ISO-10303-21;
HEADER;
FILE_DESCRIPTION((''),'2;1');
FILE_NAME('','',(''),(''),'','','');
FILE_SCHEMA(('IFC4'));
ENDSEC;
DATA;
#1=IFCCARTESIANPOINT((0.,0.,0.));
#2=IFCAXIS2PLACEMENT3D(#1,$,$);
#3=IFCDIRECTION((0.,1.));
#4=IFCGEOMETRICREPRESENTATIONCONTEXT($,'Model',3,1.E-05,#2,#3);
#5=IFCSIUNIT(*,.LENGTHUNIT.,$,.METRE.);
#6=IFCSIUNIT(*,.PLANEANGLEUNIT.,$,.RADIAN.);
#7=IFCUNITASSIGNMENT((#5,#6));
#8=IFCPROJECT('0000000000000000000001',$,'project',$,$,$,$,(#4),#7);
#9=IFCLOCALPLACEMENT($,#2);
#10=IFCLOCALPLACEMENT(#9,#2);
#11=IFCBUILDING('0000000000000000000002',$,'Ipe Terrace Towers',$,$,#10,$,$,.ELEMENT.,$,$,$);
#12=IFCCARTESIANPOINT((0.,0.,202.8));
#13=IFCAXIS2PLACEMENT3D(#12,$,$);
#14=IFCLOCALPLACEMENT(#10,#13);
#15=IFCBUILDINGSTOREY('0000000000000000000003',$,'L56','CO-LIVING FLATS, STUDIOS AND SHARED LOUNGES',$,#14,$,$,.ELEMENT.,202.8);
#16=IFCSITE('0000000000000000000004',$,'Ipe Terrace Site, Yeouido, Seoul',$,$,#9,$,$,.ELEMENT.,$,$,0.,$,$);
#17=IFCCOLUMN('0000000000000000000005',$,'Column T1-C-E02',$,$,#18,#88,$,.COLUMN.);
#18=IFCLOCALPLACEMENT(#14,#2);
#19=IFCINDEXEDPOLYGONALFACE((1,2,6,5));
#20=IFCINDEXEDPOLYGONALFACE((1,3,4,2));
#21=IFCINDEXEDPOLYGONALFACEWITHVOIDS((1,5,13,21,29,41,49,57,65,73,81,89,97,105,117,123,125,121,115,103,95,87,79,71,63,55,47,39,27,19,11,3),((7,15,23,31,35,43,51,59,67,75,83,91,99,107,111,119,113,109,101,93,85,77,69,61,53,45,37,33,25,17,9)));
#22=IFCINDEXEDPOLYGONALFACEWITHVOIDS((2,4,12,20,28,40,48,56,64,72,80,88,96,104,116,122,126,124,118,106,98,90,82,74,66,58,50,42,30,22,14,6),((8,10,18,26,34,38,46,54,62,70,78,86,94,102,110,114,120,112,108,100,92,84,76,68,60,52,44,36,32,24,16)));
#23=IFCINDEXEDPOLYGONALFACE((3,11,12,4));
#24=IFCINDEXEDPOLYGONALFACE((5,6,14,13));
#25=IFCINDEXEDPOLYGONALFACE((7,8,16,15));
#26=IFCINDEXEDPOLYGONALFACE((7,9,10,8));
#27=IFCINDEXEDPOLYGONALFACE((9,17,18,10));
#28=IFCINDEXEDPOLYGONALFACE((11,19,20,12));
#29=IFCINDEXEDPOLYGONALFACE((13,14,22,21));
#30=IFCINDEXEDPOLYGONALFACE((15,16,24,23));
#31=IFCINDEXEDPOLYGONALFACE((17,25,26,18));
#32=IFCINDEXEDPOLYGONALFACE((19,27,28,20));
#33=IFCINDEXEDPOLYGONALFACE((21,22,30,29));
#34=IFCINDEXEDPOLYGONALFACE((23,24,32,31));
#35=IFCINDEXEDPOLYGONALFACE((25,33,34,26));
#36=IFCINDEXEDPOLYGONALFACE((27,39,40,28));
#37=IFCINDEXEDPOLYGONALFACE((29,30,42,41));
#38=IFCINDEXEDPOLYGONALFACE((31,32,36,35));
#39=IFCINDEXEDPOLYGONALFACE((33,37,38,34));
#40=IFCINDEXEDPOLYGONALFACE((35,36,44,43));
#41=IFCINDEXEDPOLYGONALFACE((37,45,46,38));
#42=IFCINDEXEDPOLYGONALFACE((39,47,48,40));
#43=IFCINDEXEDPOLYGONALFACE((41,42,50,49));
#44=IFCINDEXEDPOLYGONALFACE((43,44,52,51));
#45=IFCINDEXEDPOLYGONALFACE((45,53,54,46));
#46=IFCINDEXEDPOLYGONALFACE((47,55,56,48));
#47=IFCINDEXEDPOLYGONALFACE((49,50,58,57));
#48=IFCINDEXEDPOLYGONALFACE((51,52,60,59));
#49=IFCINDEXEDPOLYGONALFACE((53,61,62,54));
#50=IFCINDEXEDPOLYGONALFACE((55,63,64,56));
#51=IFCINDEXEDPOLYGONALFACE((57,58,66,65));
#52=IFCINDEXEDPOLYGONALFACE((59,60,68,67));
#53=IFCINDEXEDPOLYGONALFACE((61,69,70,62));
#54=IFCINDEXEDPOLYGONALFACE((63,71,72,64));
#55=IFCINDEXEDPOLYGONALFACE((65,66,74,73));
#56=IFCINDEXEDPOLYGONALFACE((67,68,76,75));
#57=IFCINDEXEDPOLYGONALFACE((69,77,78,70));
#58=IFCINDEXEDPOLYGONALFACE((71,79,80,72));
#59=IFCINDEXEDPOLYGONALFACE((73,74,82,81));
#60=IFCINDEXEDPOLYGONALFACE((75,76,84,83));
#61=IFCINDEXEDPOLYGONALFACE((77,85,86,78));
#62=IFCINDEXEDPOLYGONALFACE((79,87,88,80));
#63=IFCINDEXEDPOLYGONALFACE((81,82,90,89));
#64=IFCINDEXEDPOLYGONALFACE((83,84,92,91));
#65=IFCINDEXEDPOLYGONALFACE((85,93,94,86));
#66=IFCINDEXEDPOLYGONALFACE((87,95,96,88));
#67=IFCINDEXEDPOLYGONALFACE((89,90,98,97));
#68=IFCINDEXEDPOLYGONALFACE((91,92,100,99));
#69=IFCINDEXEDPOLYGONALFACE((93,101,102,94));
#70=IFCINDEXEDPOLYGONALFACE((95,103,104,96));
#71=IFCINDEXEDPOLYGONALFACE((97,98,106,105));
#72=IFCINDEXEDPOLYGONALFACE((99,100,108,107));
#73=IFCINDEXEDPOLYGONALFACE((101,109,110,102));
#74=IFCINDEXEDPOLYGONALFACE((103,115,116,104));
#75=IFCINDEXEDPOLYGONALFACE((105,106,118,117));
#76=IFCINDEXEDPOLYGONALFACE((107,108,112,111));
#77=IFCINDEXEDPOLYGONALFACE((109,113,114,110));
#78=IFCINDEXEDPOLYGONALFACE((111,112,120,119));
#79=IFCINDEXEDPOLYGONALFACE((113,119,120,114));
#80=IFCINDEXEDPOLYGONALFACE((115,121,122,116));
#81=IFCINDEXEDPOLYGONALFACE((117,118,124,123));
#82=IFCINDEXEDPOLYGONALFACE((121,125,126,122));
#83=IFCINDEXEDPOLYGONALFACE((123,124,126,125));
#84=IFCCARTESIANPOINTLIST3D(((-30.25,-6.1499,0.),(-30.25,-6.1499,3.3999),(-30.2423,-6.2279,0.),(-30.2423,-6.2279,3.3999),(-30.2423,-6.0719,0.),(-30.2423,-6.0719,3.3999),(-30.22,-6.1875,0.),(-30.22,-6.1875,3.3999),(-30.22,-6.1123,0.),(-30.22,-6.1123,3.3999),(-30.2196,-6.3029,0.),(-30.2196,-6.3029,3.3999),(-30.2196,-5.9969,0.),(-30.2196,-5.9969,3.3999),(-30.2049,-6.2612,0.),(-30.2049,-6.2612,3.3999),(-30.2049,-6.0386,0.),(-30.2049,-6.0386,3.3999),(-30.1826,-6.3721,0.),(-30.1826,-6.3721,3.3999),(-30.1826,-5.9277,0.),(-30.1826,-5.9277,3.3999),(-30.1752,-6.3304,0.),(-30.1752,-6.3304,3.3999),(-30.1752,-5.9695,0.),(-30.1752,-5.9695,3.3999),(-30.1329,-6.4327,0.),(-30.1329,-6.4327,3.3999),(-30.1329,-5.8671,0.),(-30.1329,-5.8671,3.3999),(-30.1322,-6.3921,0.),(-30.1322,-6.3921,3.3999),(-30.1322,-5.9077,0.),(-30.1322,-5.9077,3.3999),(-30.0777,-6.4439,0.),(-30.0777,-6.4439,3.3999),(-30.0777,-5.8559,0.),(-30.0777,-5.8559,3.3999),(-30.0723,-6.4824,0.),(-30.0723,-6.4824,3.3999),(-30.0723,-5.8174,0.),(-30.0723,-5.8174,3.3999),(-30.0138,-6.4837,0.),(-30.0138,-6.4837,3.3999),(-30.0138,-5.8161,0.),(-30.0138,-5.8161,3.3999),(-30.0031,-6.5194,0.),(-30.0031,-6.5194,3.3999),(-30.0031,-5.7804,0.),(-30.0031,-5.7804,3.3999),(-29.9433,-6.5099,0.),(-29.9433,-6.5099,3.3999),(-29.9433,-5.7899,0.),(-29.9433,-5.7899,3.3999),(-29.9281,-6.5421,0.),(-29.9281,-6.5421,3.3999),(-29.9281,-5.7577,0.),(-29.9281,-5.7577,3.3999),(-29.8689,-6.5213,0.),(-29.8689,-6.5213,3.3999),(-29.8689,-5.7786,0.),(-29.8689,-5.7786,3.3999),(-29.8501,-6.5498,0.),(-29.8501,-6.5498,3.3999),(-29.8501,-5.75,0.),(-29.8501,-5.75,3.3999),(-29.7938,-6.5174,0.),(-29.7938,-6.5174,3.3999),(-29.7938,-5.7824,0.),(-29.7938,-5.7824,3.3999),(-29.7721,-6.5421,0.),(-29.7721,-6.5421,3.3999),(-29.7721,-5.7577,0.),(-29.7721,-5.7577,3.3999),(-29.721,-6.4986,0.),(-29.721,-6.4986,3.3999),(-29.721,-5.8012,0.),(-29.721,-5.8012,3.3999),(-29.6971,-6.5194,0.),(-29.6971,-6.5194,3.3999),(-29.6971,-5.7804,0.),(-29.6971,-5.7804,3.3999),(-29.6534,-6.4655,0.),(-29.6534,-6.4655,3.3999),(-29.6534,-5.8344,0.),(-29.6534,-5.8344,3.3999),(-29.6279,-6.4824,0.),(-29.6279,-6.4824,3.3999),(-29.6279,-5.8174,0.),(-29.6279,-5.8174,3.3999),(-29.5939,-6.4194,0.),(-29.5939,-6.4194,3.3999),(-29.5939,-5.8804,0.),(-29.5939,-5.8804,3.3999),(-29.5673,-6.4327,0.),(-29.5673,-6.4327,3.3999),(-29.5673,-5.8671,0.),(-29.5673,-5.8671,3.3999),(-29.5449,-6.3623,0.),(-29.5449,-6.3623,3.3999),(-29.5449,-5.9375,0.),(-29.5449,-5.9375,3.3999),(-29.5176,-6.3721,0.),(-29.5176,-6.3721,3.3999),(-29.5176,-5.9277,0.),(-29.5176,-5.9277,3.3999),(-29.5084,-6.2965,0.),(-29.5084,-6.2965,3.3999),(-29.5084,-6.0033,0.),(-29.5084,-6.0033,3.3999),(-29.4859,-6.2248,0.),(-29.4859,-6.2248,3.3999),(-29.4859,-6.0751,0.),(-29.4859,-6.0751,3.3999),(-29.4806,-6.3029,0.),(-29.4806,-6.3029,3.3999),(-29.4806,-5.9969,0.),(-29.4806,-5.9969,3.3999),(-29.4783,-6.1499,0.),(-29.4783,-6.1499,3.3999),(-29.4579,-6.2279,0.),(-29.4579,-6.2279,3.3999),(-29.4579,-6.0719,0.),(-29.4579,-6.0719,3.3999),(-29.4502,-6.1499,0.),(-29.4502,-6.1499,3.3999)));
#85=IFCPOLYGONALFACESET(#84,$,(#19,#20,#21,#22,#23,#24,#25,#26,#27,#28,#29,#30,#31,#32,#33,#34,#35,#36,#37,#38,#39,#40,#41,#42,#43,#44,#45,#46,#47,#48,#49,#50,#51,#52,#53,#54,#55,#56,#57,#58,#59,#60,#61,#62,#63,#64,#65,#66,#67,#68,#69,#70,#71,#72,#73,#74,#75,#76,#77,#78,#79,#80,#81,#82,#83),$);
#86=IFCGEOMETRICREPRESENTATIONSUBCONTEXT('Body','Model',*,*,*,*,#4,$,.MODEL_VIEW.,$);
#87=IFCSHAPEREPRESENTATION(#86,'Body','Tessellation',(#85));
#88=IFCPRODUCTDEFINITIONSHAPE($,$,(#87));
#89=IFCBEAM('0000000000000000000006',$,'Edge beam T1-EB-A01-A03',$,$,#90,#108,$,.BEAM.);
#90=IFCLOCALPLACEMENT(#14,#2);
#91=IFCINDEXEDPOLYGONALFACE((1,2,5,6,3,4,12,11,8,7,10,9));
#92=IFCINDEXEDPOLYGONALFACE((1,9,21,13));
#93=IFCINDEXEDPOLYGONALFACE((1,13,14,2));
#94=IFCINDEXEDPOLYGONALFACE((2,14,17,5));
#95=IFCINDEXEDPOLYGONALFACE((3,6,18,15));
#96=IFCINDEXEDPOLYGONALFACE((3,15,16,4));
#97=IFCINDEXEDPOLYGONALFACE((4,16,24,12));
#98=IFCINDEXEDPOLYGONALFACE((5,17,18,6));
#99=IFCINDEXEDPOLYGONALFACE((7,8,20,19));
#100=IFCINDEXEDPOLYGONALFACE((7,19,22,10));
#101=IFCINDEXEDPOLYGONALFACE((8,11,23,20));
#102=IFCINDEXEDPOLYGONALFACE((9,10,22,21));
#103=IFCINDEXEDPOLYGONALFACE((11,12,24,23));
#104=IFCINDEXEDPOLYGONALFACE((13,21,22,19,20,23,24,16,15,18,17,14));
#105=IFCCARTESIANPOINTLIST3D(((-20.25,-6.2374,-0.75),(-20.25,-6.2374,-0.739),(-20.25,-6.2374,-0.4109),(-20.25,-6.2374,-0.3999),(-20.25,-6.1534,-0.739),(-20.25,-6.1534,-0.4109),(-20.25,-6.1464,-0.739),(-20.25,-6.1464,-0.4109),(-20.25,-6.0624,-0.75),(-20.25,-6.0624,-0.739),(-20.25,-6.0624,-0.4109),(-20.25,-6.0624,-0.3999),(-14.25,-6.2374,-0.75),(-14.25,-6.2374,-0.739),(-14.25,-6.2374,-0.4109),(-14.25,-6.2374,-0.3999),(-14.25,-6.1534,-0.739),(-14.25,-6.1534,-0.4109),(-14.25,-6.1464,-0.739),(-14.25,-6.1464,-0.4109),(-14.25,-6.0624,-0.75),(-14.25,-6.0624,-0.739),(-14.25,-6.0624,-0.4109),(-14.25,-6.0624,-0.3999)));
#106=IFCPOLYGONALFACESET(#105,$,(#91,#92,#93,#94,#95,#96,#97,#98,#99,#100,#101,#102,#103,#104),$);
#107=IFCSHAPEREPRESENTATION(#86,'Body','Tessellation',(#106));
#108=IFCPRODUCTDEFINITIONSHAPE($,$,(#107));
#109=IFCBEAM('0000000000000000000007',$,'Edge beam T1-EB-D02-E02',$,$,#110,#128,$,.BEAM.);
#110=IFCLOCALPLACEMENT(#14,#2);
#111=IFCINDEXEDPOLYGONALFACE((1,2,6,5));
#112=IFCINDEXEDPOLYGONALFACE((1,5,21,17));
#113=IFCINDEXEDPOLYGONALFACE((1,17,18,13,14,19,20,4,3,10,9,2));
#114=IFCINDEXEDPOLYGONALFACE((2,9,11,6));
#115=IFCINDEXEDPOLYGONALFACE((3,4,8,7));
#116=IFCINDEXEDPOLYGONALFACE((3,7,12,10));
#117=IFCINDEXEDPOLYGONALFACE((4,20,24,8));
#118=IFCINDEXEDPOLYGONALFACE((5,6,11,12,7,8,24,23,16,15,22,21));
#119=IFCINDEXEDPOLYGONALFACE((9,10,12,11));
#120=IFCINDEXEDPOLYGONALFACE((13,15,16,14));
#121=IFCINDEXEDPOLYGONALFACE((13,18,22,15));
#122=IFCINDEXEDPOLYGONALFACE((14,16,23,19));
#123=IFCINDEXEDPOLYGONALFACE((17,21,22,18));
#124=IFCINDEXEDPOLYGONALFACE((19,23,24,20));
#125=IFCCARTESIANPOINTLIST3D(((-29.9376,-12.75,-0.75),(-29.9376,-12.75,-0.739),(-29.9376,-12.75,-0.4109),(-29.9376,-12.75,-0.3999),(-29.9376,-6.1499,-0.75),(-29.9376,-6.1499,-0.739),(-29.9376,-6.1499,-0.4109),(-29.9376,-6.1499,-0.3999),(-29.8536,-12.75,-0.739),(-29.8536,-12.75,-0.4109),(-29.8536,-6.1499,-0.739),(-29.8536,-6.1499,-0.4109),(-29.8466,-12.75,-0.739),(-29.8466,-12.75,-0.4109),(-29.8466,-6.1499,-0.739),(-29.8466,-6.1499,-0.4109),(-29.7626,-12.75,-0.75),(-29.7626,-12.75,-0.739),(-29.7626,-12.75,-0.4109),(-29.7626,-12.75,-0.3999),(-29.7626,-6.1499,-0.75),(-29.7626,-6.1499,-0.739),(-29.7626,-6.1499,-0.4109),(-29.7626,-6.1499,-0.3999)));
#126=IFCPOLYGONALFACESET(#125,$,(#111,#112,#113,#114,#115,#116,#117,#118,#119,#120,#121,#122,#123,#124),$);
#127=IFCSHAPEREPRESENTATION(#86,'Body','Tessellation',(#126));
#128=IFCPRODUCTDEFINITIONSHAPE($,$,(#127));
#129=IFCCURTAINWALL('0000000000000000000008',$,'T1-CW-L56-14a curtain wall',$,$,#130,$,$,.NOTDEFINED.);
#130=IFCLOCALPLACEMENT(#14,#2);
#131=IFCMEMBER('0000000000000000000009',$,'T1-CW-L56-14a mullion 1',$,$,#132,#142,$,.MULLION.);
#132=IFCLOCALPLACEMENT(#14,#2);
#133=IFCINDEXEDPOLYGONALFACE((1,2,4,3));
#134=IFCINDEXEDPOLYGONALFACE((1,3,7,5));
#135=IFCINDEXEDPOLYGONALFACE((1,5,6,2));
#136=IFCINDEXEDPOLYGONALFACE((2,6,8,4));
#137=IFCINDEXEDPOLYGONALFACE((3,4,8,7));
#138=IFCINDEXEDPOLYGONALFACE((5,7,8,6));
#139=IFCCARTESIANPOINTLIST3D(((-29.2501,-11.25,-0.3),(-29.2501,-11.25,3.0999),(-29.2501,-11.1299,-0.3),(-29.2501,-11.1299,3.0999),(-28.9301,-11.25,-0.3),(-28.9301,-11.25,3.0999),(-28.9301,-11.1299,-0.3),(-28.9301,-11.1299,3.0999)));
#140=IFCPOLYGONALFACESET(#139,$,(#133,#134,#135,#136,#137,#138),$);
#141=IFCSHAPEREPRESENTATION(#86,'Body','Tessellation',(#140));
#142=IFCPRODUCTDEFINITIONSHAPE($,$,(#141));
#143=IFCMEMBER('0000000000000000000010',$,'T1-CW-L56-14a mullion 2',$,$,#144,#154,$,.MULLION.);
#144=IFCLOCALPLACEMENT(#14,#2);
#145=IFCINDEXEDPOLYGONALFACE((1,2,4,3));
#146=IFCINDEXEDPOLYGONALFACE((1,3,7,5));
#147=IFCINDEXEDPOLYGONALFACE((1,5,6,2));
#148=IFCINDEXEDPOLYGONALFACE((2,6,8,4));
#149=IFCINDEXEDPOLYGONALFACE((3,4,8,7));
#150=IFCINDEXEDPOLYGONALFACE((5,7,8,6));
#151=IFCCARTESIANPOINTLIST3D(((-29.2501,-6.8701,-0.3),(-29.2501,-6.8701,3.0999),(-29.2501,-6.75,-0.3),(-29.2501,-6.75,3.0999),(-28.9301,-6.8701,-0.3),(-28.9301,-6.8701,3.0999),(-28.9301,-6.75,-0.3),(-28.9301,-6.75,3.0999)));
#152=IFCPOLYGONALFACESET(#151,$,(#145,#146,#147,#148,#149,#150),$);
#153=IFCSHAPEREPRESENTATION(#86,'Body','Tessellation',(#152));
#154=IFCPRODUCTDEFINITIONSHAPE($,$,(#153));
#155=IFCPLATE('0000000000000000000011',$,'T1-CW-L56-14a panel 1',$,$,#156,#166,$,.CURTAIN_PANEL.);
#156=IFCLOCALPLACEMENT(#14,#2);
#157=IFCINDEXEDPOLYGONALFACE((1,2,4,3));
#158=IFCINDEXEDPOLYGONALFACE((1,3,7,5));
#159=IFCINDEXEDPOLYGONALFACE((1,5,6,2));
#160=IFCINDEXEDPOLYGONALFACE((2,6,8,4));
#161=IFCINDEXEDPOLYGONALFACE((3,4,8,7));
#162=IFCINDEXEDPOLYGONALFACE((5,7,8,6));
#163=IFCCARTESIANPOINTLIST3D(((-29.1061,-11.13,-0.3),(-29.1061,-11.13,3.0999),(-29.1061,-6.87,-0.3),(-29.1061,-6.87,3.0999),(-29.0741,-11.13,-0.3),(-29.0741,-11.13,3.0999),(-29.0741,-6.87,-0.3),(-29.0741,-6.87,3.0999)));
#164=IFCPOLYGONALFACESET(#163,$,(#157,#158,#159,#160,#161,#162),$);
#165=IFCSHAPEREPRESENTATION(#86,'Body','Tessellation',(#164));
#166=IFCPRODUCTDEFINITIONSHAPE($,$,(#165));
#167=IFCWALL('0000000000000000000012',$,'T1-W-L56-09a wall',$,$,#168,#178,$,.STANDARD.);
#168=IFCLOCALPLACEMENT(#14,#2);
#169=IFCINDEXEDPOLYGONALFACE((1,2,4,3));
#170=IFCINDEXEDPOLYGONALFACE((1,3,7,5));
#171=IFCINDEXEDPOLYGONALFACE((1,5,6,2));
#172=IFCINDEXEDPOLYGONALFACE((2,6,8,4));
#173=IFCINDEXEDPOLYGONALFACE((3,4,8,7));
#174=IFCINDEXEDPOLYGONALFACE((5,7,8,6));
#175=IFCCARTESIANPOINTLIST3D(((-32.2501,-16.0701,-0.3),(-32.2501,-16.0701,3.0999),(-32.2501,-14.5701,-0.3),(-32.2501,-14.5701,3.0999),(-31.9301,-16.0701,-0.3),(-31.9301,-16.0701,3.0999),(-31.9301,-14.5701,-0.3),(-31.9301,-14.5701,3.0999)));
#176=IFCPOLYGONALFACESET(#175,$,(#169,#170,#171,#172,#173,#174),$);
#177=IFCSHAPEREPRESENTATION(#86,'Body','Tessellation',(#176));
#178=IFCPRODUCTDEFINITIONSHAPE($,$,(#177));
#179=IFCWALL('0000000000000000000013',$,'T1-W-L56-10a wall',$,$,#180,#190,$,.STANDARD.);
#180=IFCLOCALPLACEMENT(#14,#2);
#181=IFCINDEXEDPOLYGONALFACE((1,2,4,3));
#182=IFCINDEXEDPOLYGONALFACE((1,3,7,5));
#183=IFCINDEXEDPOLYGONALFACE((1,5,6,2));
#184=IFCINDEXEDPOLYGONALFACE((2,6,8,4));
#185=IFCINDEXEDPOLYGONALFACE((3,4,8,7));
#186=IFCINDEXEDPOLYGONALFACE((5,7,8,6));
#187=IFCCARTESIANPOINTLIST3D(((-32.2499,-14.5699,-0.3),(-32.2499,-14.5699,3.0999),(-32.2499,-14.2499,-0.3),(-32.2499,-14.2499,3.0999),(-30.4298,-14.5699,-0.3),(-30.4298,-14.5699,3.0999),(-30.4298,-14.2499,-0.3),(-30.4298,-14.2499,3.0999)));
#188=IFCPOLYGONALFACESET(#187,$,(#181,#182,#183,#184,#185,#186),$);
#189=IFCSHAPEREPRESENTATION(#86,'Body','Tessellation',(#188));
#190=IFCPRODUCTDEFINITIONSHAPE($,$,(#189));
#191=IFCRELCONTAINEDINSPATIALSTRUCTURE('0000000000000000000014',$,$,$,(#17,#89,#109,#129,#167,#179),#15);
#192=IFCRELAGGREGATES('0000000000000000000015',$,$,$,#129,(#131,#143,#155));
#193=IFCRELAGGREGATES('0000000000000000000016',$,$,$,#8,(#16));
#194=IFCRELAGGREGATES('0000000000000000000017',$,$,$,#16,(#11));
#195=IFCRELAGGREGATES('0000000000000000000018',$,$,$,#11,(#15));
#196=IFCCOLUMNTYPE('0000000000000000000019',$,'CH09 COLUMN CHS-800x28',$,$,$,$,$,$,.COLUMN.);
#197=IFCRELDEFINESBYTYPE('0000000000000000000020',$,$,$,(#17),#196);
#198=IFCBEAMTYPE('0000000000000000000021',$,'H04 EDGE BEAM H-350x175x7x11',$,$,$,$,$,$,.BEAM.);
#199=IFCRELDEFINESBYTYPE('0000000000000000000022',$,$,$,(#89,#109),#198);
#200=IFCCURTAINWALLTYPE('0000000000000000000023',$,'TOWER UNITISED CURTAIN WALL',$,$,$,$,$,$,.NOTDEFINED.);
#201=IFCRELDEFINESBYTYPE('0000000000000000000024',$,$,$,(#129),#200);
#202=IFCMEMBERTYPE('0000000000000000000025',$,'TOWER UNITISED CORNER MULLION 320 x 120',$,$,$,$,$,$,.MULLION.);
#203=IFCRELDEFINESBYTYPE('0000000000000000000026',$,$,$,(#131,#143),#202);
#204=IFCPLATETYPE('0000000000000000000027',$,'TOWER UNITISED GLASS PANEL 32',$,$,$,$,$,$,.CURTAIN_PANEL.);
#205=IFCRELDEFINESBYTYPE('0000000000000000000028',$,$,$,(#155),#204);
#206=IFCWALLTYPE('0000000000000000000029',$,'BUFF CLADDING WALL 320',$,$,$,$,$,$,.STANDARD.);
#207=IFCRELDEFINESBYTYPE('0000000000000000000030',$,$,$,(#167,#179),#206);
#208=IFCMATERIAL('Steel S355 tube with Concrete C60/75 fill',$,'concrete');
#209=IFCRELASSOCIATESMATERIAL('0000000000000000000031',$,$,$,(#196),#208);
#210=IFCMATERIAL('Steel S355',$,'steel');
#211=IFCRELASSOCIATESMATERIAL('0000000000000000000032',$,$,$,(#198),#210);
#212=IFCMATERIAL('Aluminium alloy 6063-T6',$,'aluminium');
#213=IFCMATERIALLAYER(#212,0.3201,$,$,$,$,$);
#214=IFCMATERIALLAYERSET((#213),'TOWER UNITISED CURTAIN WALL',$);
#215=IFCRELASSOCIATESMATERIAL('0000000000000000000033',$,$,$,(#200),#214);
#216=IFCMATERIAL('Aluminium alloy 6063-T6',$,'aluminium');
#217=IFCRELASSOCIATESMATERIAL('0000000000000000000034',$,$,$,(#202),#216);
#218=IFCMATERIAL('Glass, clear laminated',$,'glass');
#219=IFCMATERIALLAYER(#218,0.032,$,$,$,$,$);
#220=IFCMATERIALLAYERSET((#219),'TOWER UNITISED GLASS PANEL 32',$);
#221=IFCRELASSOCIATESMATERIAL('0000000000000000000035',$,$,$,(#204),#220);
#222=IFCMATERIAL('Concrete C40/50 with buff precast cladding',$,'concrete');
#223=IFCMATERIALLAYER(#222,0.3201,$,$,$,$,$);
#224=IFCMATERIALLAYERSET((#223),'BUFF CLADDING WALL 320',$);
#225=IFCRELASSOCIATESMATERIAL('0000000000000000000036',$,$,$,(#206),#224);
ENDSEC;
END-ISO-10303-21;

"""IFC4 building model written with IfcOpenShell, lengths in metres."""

from ifc_helpers import new_model, si_unit, direction, frame, frame_2d, origin, origin_2d, place, context, subcontext, project, spatial, rectangle, hollow_circle, i_section, extrude, material, layer, layer_set, material_profile, profile_set, type_object, element, aggregate, save


model = new_model("IFC4")

# Units and contexts
model_context = context("Model", 3, precision=1e-05, world=origin(), true_north=direction((0.0, 1.0)))
body_context = subcontext(model_context, "Body", "Model", "MODEL_VIEW")
ifc_project = project(units=[si_unit("LENGTHUNIT", "METRE"), si_unit("PLANEANGLEUNIT", "RADIAN")], contexts=[model_context])

# Site, building, storey
site_placement = place(None, origin())
site = spatial("IfcSite", under=ifc_project, at=site_placement, Name="Ipe Terrace Site, Yeouido, Seoul", CompositionType="ELEMENT", RefElevation=0.0)
building_placement = place(site_placement, origin())
building = spatial("IfcBuilding", under=site, at=building_placement, Name="Ipe Terrace Towers", CompositionType="ELEMENT")
storey_placement = place(building_placement, frame((0.0, 0.0, 202.8)))
storey = spatial("IfcBuildingStorey", under=building, at=storey_placement, Name="L56", Description="CO-LIVING FLATS, STUDIOS AND SHARED LOUNGES", CompositionType="ELEMENT", Elevation=202.8)

# Column
ifc_material_1 = material(Name="Steel S355 tube with Concrete C60/75 fill", Category="concrete")
ifc_material_profile_1 = material_profile(ifc_material_1, hollow_circle(Radius=0.3999, WallThickness=0.0281, at=origin_2d()), Name="CHS-800x28")
ifc_profile_set_1 = profile_set([ifc_material_profile_1], Name="Steel S355 tube with Concrete C60/75 fill")
column_type_1 = type_object("IfcColumnType", Name="CH09 COLUMN CHS-800x28", PredefinedType="COLUMN", material=ifc_profile_set_1)
column_placement = place(storey_placement, frame((-29.8501, -6.1499, 0.0), z_axis=(0.0, 0.0, 1.0), x_axis=(1.0, 0.0, 0.0)))
element("IfcColumn", 1, at=column_placement, inside=storey, type_object=column_type_1, Name="Column T1-C-E02", PredefinedType="COLUMN", context=body_context, shape_type="SweptSolid", body=[
    extrude(hollow_circle(Radius=0.3999, WallThickness=0.0281, at=origin_2d()), origin(), (0.0, 0.0, 1.0), 3.3999),
])

# Beams
ifc_material_2 = material(Name="Steel S355", Category="steel")
ifc_material_profile_2 = material_profile(ifc_material_2, i_section(OverallWidth=0.175, OverallDepth=0.3501, WebThickness=0.0071, FlangeThickness=0.011, at=origin_2d()), Name="H-350x175x7x11")
ifc_profile_set_2 = profile_set([ifc_material_profile_2], Name="Steel S355")
beam_type = type_object("IfcBeamType", Name="H04 EDGE BEAM H-350x175x7x11", PredefinedType="BEAM", material=ifc_profile_set_2)
beam_1_placement = place(storey_placement, frame((-20.25, -6.1499, -0.575), z_axis=(1.0, 0.0, 0.0), x_axis=(0.0, 1.0, 0.0)))
element("IfcBeam", 2, at=beam_1_placement, inside=storey, type_object=beam_type, Name="Edge beam T1-EB-A01-A03", PredefinedType="BEAM", context=body_context, shape_type="SweptSolid", body=[
    extrude(i_section(OverallWidth=0.175, OverallDepth=0.3501, WebThickness=0.0071, FlangeThickness=0.011, at=origin_2d()), origin(), (0.0, 0.0, 1.0), 6.0),
])
beam_2_placement = place(storey_placement, frame((-29.8501, -12.75, -0.575), z_axis=(0.0, 1.0, 0.0), x_axis=(-1.0, 0.0, 0.0)))
element("IfcBeam", 3, at=beam_2_placement, inside=storey, type_object=beam_type, Name="Edge beam T1-EB-D02-E02", PredefinedType="BEAM", context=body_context, shape_type="SweptSolid", body=[
    extrude(i_section(OverallWidth=0.175, OverallDepth=0.3501, WebThickness=0.0071, FlangeThickness=0.011, at=origin_2d()), origin(), (0.0, 0.0, 1.0), 6.6001),
])

# Curtain wall, members, plate
ifc_material_3 = material(Name="Aluminium alloy 6063-T6", Category="aluminium")
ifc_layer_1 = layer(ifc_material_3, 0.3201)
ifc_layer_set_1 = layer_set([ifc_layer_1], Name="TOWER UNITISED CURTAIN WALL")
curtain_wall_type = type_object("IfcCurtainWallType", Name="TOWER UNITISED CURTAIN WALL", PredefinedType="NOTDEFINED", material=ifc_layer_set_1)
curtain_wall_placement = place(storey_placement, origin())
curtain_wall = element("IfcCurtainWall", 4, at=curtain_wall_placement, inside=storey, type_object=curtain_wall_type, Name="T1-CW-L56-14a curtain wall", PredefinedType="NOTDEFINED")
ifc_material_4 = material(Name="Aluminium alloy 6063-T6", Category="aluminium")
ifc_material_profile_3 = material_profile(ifc_material_4, rectangle(XDim=0.3201, YDim=0.1201, at=origin_2d()), Name="TOWER UNITISED CORNER MULLION 320 x 120")
ifc_profile_set_3 = profile_set([ifc_material_profile_3], Name="Aluminium alloy 6063-T6")
member_type = type_object("IfcMemberType", Name="TOWER UNITISED CORNER MULLION 320 x 120", PredefinedType="MULLION", material=ifc_profile_set_3)
member_1_placement = place(storey_placement, frame((-29.0901, -11.1899, -0.3), z_axis=(0.0, 0.0, 1.0), x_axis=(1.0, 0.0, 0.0)))
member_1 = element("IfcMember", 5, at=member_1_placement, type_object=member_type, Name="T1-CW-L56-14a mullion 1", PredefinedType="MULLION", context=body_context, shape_type="SweptSolid", body=[
    extrude(rectangle(XDim=0.3201, YDim=0.1201, at=origin_2d()), origin(), (0.0, 0.0, 1.0), 3.3999),
])
member_2_placement = place(storey_placement, frame((-29.0901, -6.8101, -0.3), z_axis=(0.0, 0.0, 1.0), x_axis=(1.0, 0.0, 0.0)))
member_2 = element("IfcMember", 6, at=member_2_placement, type_object=member_type, Name="T1-CW-L56-14a mullion 2", PredefinedType="MULLION", context=body_context, shape_type="SweptSolid", body=[
    extrude(rectangle(XDim=0.3201, YDim=0.1201, at=origin_2d()), origin(), (0.0, 0.0, 1.0), 3.3999),
])
ifc_material_5 = material(Name="Glass, clear laminated", Category="glass")
ifc_layer_2 = layer(ifc_material_5, 0.032)
ifc_layer_set_2 = layer_set([ifc_layer_2], Name="TOWER UNITISED GLASS PANEL 32")
plate_type = type_object("IfcPlateType", Name="TOWER UNITISED GLASS PANEL 32", PredefinedType="CURTAIN_PANEL", material=ifc_layer_set_2)
plate_placement = place(storey_placement, frame((-29.0901, -9.0, -0.3), z_axis=(0.0, 0.0, 1.0), x_axis=(0.0, 1.0, 0.0)))
plate = element("IfcPlate", 7, at=plate_placement, type_object=plate_type, Name="T1-CW-L56-14a panel 1", PredefinedType="CURTAIN_PANEL", context=body_context, shape_type="SweptSolid", body=[
    extrude(rectangle(XDim=4.26, YDim=0.032, at=origin_2d()), origin(), (0.0, 0.0, 1.0), 3.3999),
])
aggregate(curtain_wall, [member_1, member_2, plate])

# Walls
ifc_material_6 = material(Name="Concrete C40/50 with buff precast cladding", Category="concrete")
ifc_layer_3 = layer(ifc_material_6, 0.3201)
ifc_layer_set_3 = layer_set([ifc_layer_3], Name="BUFF CLADDING WALL 320")
wall_type_1 = type_object("IfcWallType", Name="BUFF CLADDING WALL 320", PredefinedType="STANDARD", material=ifc_layer_set_3)
wall_1_placement = place(storey_placement, frame((-32.0901, -16.0701, -0.3), z_axis=(0.0, 0.0, 1.0), x_axis=(0.0, 1.0, 0.0)))
element("IfcWall", 8, at=wall_1_placement, inside=storey, type_object=wall_type_1, Name="T1-W-L56-09a wall", PredefinedType="STANDARD", context=body_context, shape_type="SweptSolid", body=[
    extrude(rectangle(XDim=1.5, YDim=0.3201, at=frame_2d((0.75, 0.0))), origin(), (0.0, 0.0, 1.0), 3.3999),
])
wall_2_placement = place(storey_placement, frame((-32.25, -14.4099, -0.3), z_axis=(0.0, 0.0, 1.0), x_axis=(1.0, 0.0, 0.0)))
element("IfcWall", 9, at=wall_2_placement, inside=storey, type_object=wall_type_1, Name="T1-W-L56-10a wall", PredefinedType="STANDARD", context=body_context, shape_type="SweptSolid", body=[
    extrude(rectangle(XDim=1.8201, YDim=0.3201, at=frame_2d((0.9102, 0.0))), origin(), (0.0, 0.0, 1.0), 3.3999),
])

save(model, "model.ifc")
